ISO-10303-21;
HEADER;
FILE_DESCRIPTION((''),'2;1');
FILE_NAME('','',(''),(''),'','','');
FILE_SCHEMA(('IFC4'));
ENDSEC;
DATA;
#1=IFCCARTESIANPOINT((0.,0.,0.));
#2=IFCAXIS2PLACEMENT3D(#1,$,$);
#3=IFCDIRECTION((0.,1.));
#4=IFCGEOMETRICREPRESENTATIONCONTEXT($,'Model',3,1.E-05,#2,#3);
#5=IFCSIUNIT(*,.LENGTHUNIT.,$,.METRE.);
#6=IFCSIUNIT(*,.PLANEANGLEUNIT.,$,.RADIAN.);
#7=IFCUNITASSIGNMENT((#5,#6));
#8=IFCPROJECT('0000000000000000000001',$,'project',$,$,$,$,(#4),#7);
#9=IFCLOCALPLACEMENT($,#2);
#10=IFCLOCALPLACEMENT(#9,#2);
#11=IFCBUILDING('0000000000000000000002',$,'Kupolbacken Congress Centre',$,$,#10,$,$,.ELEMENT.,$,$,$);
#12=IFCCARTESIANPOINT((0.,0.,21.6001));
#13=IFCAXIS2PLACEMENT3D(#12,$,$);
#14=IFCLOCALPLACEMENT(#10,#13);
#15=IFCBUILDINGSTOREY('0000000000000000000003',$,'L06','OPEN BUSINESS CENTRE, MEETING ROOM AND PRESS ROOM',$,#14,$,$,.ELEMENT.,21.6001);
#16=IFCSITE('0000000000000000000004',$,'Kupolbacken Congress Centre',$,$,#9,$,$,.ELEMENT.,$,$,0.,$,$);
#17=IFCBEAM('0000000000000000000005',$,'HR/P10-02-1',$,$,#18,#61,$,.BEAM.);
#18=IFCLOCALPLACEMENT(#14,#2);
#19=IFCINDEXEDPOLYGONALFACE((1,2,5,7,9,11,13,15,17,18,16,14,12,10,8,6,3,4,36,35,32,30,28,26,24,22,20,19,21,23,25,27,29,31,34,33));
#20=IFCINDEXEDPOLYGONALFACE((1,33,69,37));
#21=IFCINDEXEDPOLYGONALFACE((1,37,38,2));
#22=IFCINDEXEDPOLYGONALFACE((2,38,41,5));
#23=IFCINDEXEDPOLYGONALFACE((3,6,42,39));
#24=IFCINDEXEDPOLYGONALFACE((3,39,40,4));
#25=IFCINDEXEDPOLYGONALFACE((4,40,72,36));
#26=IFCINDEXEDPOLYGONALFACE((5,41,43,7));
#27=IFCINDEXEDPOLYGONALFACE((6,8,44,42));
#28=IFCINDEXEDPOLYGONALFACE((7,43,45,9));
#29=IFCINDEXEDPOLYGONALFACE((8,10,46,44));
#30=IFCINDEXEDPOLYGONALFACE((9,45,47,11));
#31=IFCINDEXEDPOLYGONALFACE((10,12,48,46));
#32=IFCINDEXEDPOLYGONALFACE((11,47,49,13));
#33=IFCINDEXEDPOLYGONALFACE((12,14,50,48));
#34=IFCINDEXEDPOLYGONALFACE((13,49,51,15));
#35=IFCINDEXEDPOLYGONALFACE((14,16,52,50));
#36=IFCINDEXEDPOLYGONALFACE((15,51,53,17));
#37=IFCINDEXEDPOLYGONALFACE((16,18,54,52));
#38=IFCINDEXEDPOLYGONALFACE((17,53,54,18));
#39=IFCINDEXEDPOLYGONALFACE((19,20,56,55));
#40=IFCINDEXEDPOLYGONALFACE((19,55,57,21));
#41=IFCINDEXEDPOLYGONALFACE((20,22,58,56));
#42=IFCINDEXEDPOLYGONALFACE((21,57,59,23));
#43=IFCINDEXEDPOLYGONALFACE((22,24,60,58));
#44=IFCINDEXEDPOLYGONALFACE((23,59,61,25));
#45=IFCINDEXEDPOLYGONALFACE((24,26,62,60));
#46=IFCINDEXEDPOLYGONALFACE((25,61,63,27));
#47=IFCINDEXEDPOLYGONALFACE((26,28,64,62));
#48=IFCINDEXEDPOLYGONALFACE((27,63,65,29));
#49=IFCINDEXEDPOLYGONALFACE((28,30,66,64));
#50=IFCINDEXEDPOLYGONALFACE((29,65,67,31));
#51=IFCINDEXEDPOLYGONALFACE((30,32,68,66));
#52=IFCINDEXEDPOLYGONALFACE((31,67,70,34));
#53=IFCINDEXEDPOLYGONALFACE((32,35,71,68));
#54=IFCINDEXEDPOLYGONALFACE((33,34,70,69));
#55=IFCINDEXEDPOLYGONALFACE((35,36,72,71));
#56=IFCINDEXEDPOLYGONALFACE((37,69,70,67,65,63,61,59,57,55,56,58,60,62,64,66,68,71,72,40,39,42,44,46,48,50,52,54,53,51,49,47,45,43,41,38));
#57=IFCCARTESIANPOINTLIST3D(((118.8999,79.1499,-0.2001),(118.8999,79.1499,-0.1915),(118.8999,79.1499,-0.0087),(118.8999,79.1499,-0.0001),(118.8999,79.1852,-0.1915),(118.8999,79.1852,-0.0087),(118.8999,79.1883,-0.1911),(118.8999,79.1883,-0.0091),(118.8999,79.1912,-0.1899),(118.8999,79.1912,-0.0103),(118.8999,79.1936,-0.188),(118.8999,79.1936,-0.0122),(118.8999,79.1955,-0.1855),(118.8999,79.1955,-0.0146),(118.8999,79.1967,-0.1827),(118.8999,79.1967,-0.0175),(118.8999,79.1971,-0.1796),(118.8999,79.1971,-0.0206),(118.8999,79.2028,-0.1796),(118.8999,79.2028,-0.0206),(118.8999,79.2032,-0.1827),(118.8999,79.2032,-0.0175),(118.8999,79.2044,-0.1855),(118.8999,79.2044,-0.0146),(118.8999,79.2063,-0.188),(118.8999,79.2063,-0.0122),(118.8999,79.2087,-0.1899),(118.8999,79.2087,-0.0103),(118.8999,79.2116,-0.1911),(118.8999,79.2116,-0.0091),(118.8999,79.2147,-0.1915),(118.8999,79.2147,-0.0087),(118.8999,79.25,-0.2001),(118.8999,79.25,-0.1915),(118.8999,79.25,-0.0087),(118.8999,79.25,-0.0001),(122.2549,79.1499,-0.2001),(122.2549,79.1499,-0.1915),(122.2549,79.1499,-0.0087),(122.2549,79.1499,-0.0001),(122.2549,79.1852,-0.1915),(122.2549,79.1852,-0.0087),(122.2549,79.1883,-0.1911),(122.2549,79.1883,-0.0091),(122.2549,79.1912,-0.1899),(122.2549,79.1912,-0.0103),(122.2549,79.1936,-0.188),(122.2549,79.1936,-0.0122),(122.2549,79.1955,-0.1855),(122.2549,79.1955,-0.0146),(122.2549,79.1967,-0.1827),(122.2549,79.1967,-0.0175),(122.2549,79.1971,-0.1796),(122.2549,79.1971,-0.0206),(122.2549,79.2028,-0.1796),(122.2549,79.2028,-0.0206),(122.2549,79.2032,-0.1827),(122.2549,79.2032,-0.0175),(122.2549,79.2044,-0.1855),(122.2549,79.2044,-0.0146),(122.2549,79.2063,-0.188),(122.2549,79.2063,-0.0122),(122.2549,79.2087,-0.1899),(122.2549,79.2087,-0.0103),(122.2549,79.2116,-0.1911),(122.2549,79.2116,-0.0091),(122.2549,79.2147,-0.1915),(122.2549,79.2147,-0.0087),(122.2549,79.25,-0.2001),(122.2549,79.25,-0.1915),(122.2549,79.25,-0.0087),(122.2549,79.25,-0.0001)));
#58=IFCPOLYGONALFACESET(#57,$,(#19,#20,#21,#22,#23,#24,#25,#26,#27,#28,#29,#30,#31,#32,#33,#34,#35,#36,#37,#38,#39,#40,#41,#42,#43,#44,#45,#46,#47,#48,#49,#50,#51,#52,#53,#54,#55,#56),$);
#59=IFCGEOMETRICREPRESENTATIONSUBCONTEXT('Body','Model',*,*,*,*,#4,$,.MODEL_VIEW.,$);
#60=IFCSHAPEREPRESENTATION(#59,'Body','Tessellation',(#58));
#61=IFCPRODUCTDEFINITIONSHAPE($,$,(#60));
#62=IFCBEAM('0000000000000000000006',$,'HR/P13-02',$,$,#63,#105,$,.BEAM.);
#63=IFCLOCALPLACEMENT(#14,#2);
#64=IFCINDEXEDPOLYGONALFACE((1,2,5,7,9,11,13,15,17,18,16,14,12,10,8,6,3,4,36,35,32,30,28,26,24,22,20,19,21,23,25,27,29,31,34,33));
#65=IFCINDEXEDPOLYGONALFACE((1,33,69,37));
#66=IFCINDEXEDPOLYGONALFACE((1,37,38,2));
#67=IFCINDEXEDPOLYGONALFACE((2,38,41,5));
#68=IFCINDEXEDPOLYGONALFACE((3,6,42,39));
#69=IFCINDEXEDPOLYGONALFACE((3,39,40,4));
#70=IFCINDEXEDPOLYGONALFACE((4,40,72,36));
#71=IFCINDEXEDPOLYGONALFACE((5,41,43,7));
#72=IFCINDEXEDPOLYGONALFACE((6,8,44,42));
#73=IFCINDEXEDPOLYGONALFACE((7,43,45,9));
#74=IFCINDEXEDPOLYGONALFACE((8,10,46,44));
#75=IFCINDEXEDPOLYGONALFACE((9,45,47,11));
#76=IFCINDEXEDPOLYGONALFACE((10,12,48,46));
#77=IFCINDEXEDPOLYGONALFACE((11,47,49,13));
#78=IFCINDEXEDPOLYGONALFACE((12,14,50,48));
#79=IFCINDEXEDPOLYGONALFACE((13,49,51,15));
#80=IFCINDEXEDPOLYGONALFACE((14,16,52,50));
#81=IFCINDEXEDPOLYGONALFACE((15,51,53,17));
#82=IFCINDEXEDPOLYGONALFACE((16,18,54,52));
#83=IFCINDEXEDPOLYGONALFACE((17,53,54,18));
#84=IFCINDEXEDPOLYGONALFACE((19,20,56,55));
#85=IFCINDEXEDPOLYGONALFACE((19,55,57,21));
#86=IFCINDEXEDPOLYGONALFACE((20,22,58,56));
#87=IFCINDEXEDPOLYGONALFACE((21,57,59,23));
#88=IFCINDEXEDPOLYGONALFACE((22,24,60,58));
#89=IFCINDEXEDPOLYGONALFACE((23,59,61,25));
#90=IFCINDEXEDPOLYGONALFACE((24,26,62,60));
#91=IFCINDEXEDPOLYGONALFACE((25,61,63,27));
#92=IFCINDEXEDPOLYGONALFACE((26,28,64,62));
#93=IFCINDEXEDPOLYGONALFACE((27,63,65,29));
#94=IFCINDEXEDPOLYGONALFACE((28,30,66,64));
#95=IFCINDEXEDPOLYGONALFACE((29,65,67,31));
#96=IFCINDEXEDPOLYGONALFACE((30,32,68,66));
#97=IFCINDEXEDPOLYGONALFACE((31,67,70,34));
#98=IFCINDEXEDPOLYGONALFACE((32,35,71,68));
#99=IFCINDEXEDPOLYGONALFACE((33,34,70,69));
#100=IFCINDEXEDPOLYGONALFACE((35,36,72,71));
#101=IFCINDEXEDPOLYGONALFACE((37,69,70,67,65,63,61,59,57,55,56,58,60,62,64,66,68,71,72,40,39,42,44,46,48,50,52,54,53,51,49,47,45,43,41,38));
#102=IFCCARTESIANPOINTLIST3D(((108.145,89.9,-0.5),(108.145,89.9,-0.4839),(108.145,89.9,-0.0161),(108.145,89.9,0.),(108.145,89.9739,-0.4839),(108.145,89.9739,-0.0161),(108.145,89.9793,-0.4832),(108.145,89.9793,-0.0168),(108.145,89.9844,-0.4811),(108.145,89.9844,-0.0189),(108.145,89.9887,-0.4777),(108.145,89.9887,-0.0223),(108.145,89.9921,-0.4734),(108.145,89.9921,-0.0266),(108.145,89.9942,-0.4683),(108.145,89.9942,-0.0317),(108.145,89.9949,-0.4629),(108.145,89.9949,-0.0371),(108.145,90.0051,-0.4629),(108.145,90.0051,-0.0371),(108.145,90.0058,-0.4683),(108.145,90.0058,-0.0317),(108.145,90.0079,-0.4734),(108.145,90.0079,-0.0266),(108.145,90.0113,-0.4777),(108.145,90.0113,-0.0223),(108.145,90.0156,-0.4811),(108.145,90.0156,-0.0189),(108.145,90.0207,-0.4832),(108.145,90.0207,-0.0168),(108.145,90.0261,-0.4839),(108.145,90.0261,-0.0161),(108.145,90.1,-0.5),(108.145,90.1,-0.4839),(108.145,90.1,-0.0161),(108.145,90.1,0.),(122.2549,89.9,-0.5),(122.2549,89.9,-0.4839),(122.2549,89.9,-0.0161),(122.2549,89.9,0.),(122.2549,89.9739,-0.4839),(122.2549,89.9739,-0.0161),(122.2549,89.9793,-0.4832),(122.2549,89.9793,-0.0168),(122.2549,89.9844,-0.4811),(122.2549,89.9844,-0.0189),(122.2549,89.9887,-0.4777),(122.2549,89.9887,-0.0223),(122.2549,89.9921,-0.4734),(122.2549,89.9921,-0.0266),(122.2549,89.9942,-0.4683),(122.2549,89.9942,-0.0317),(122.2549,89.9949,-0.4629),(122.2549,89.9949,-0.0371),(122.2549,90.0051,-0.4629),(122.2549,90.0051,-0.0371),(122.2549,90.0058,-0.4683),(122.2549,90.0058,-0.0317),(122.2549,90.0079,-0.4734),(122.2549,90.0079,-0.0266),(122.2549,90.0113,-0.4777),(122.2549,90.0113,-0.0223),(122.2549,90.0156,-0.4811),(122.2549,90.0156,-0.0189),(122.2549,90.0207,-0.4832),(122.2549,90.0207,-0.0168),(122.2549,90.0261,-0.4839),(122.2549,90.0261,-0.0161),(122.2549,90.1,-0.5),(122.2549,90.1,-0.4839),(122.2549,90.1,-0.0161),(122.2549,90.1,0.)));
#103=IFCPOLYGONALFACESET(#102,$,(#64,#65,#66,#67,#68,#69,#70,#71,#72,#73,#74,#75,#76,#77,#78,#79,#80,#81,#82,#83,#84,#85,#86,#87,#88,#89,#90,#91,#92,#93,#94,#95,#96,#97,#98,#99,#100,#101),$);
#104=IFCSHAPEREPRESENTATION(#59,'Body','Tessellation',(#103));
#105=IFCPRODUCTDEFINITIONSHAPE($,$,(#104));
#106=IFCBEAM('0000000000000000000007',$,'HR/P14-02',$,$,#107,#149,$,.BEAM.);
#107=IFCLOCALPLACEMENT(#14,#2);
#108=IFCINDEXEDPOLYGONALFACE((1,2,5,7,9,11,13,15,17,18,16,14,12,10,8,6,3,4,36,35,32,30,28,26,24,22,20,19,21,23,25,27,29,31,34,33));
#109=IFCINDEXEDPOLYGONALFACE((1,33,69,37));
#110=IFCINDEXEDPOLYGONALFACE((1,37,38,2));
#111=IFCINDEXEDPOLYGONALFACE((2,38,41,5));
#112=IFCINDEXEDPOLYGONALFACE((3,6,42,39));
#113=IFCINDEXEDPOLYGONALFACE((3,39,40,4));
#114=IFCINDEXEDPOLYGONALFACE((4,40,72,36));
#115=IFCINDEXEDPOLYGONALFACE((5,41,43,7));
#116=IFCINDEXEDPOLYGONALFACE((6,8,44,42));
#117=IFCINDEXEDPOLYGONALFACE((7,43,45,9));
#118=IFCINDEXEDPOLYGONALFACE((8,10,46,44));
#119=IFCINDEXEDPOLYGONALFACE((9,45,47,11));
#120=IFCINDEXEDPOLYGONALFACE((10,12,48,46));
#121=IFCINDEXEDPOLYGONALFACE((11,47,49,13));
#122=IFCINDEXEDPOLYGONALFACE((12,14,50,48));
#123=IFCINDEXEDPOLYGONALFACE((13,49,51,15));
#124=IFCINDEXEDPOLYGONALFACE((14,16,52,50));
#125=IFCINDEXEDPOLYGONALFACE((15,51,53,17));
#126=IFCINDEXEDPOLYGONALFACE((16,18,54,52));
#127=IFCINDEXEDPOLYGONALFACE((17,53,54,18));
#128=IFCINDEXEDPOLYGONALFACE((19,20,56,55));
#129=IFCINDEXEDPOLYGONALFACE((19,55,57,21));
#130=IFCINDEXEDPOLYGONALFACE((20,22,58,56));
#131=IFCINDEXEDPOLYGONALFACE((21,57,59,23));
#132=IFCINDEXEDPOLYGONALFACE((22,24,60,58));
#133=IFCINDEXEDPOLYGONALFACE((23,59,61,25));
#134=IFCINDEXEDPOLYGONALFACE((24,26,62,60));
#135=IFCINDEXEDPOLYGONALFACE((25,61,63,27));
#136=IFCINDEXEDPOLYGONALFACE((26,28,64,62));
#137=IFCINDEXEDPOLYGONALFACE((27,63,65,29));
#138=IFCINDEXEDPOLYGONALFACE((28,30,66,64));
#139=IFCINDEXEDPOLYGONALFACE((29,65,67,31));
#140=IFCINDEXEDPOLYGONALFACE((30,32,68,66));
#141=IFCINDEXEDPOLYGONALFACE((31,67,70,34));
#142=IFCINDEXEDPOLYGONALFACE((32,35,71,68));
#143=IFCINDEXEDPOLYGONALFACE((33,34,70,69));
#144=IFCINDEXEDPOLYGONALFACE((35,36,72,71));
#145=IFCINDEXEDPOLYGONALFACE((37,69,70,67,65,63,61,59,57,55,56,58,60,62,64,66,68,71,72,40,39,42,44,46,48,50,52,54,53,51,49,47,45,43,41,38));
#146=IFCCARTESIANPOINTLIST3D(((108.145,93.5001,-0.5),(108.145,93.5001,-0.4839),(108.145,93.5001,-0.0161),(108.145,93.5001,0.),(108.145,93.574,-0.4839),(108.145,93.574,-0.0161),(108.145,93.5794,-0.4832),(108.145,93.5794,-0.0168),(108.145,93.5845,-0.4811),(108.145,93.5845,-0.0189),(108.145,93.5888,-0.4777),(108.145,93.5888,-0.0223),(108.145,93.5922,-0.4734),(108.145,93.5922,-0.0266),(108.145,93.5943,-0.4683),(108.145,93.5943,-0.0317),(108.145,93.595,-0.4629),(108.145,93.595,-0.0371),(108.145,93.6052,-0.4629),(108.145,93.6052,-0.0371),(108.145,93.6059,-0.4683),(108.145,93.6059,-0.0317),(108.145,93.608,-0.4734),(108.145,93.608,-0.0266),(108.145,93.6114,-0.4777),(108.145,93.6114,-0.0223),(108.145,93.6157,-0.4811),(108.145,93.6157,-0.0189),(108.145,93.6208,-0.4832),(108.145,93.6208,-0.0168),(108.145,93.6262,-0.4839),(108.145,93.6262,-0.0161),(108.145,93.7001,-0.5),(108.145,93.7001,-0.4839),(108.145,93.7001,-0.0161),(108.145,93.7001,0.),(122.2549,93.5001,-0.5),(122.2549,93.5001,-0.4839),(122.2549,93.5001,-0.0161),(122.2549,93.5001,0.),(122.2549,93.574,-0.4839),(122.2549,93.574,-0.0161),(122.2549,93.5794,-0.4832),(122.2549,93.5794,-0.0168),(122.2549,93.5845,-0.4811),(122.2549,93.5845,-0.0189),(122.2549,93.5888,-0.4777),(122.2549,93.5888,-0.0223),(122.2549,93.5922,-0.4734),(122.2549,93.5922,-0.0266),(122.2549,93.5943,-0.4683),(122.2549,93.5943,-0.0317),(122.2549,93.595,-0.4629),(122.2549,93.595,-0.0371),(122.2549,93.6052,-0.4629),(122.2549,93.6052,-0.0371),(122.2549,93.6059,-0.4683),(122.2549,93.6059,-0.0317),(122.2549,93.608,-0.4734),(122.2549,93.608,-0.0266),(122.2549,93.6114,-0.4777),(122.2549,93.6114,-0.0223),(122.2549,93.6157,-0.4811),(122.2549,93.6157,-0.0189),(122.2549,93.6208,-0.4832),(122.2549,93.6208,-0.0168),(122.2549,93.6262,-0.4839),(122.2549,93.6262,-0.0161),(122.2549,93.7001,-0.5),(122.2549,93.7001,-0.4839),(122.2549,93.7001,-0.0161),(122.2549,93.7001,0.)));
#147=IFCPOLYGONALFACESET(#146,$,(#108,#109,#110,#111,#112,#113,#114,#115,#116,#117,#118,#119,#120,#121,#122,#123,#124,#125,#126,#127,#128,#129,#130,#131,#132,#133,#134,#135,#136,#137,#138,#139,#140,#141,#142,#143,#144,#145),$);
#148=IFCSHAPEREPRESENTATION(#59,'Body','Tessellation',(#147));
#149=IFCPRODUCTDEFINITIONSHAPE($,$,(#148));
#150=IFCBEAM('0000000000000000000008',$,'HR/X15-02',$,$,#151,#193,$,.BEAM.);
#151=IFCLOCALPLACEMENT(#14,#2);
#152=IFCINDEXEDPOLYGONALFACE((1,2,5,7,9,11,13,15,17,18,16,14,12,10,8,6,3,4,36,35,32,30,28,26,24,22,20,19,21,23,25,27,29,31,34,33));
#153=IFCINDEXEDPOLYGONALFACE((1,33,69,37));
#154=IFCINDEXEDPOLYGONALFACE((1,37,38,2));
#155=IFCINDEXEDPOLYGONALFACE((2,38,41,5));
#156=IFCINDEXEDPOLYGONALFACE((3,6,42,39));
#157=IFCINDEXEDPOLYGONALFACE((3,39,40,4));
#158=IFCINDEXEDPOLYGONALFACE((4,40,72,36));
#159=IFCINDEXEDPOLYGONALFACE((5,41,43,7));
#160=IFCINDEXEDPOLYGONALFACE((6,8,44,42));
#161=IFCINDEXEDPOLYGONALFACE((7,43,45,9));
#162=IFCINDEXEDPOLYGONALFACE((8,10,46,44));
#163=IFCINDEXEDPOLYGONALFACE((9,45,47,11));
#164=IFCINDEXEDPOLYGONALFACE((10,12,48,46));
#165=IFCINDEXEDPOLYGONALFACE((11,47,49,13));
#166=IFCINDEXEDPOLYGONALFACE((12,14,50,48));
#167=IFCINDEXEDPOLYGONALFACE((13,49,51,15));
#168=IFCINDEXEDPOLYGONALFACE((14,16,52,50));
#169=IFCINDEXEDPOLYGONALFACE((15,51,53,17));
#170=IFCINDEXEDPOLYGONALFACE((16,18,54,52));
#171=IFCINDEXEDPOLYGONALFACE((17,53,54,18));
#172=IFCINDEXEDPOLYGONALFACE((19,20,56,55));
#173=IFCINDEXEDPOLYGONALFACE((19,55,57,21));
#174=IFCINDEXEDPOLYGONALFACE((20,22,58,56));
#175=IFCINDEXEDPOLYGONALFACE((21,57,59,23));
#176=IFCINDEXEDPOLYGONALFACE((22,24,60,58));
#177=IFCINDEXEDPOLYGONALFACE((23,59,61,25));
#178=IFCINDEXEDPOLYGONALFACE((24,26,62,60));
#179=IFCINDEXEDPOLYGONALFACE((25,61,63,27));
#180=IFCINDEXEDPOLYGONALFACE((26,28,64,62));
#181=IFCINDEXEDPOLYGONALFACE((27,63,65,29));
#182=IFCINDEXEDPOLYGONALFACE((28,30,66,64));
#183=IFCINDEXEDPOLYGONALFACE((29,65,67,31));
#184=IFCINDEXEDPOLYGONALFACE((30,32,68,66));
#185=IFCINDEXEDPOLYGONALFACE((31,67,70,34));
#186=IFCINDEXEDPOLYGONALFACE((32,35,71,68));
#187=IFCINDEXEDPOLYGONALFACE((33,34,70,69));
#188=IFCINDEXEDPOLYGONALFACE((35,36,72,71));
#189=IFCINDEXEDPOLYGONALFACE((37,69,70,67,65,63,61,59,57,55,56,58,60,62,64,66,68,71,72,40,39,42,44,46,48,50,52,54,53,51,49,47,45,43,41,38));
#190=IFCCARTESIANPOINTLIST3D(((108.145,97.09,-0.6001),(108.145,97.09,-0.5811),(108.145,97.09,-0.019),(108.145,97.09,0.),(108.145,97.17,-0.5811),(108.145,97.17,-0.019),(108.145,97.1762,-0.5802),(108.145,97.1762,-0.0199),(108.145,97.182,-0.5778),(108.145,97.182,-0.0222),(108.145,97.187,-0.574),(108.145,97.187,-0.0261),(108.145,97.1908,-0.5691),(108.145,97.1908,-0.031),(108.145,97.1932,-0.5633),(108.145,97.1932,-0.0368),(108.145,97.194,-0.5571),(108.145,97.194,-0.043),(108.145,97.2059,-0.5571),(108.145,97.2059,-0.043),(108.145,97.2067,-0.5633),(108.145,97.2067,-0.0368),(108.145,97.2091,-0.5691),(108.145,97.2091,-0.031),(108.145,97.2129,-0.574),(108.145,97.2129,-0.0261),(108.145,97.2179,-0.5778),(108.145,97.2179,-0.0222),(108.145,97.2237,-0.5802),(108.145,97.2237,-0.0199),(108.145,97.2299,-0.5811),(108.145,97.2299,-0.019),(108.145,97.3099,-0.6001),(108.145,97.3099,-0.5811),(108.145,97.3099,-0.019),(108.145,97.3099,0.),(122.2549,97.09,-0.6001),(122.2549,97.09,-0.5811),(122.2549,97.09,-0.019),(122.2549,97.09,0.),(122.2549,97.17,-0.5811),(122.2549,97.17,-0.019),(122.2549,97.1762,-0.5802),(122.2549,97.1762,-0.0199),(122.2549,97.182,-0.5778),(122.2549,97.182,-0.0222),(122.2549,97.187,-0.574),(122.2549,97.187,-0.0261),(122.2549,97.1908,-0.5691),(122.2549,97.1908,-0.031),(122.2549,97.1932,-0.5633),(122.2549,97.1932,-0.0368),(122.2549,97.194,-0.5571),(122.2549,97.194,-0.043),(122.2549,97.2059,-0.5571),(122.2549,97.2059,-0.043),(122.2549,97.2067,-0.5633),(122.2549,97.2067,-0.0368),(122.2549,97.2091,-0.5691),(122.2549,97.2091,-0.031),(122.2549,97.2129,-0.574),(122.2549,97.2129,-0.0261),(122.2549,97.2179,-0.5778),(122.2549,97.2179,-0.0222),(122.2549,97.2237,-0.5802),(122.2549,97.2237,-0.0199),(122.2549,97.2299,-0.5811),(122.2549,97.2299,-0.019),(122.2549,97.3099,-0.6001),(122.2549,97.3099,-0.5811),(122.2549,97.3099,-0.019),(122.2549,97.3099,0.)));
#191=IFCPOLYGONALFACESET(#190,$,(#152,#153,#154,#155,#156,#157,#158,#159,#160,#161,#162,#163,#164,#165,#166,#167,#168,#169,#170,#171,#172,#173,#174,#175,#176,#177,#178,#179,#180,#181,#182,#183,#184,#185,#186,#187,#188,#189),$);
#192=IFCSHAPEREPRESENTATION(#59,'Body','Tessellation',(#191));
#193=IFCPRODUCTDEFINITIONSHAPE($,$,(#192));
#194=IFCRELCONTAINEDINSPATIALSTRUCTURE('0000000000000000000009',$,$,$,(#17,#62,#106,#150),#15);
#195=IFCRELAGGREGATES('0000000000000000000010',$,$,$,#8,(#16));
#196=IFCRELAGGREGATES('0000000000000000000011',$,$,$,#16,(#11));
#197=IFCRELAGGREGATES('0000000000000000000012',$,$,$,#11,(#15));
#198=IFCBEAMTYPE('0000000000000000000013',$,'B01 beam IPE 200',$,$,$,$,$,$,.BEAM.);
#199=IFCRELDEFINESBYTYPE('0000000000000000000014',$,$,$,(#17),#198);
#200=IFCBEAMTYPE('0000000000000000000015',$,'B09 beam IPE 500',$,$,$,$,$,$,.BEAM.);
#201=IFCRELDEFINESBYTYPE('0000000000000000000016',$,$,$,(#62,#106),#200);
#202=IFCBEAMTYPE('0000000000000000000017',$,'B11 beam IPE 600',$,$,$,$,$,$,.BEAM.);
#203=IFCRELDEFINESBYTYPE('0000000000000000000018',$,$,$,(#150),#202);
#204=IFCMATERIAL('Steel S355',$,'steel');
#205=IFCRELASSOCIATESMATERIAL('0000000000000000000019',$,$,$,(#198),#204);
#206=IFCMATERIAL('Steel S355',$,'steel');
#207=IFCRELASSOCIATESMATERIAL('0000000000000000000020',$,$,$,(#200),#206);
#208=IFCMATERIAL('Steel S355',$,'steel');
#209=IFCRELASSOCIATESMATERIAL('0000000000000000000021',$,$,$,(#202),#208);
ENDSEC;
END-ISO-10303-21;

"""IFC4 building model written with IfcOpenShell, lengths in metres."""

from ifc_helpers import new_model, si_unit, direction, frame, origin, origin_2d, place, context, subcontext, project, spatial, i_section, extrude, material, material_profile, profile_set, type_object, element, save


model = new_model("IFC4")

# Units and contexts
model_context = context("Model", 3, precision=1e-05, world=origin(), true_north=direction((0.0, 1.0)))
body_context = subcontext(model_context, "Body", "Model", "MODEL_VIEW")
ifc_project = project(units=[si_unit("LENGTHUNIT", "METRE"), si_unit("PLANEANGLEUNIT", "RADIAN")], contexts=[model_context])

# Site, building, storey
site_placement = place(None, origin())
site = spatial("IfcSite", under=ifc_project, at=site_placement, Name="Kupolbacken Congress Centre", CompositionType="ELEMENT", RefElevation=0.0)
building_placement = place(site_placement, origin())
building = spatial("IfcBuilding", under=site, at=building_placement, Name="Kupolbacken Congress Centre", CompositionType="ELEMENT")
storey_placement = place(building_placement, frame((0.0, 0.0, 21.6001)))
storey = spatial("IfcBuildingStorey", under=building, at=storey_placement, Name="L06", Description="OPEN BUSINESS CENTRE, MEETING ROOM AND PRESS ROOM", CompositionType="ELEMENT", Elevation=21.6001)

# Beams
ifc_material_1 = material(Name="Steel S355", Category="steel")
ifc_material_profile_1 = material_profile(ifc_material_1, i_section(OverallWidth=0.1001, OverallDepth=0.2, WebThickness=0.0056, FlangeThickness=0.0085, FilletRadius=0.012, at=origin_2d()), Name="IPE 200")
ifc_profile_set_1 = profile_set([ifc_material_profile_1], Name="Steel S355")
beam_type_1 = type_object("IfcBeamType", Name="B01 beam IPE 200", PredefinedType="BEAM", material=ifc_profile_set_1)
beam_1_placement = place(storey_placement, frame((118.8999, 79.2, -0.1001), z_axis=(1.0, 0.0, 0.0), x_axis=(0.0, 1.0, 0.0)))
element("IfcBeam", 1, at=beam_1_placement, inside=storey, type_object=beam_type_1, Name="HR/P10-02-1", PredefinedType="BEAM", context=body_context, shape_type="SweptSolid", body=[
    extrude(i_section(OverallWidth=0.1001, OverallDepth=0.2, WebThickness=0.0056, FlangeThickness=0.0085, FilletRadius=0.012, at=origin_2d()), origin(), (0.0, 0.0, 1.0), 3.355),
])
ifc_material_2 = material(Name="Steel S355", Category="steel")
ifc_material_profile_2 = material_profile(ifc_material_2, i_section(OverallWidth=0.2, OverallDepth=0.5, WebThickness=0.0103, FlangeThickness=0.0161, FilletRadius=0.021, at=origin_2d()), Name="IPE 500")
ifc_profile_set_2 = profile_set([ifc_material_profile_2], Name="Steel S355")
beam_type_2 = type_object("IfcBeamType", Name="B09 beam IPE 500", PredefinedType="BEAM", material=ifc_profile_set_2)
for number, where, z_axis, x_axis, name in (
    (2, (108.145, 90.0, -0.25), (1.0, 0.0, 0.0), (0.0, 1.0, 0.0), "HR/P13-02"),
    (3, (108.145, 93.6001, -0.25), (1.0, 0.0, 0.0), (0.0, 1.0, 0.0), "HR/P14-02"),
):
    element("IfcBeam", number, at=place(storey_placement, frame(where, z_axis=z_axis, x_axis=x_axis)), inside=storey, type_object=beam_type_2, Name=name, PredefinedType="BEAM", context=body_context, shape_type="SweptSolid", body=[
        extrude(i_section(OverallWidth=0.2, OverallDepth=0.5, WebThickness=0.0103, FlangeThickness=0.0161, FilletRadius=0.021, at=origin_2d()), origin(), (0.0, 0.0, 1.0), 14.1099),
    ])
ifc_material_3 = material(Name="Steel S355", Category="steel")
ifc_material_profile_3 = material_profile(ifc_material_3, i_section(OverallWidth=0.22, OverallDepth=0.6001, WebThickness=0.012, FlangeThickness=0.019, FilletRadius=0.0239, at=origin_2d()), Name="IPE 600")
ifc_profile_set_3 = profile_set([ifc_material_profile_3], Name="Steel S355")
beam_type_3 = type_object("IfcBeamType", Name="B11 beam IPE 600", PredefinedType="BEAM", material=ifc_profile_set_3)
beam_2_placement = place(storey_placement, frame((108.145, 97.2, -0.3), z_axis=(1.0, 0.0, 0.0), x_axis=(0.0, 1.0, 0.0)))
element("IfcBeam", 4, at=beam_2_placement, inside=storey, type_object=beam_type_3, Name="HR/X15-02", PredefinedType="BEAM", context=body_context, shape_type="SweptSolid", body=[
    extrude(i_section(OverallWidth=0.22, OverallDepth=0.6001, WebThickness=0.012, FlangeThickness=0.019, FilletRadius=0.0239, at=origin_2d()), origin(), (0.0, 0.0, 1.0), 14.1099),
])

save(model, "model.ifc")
